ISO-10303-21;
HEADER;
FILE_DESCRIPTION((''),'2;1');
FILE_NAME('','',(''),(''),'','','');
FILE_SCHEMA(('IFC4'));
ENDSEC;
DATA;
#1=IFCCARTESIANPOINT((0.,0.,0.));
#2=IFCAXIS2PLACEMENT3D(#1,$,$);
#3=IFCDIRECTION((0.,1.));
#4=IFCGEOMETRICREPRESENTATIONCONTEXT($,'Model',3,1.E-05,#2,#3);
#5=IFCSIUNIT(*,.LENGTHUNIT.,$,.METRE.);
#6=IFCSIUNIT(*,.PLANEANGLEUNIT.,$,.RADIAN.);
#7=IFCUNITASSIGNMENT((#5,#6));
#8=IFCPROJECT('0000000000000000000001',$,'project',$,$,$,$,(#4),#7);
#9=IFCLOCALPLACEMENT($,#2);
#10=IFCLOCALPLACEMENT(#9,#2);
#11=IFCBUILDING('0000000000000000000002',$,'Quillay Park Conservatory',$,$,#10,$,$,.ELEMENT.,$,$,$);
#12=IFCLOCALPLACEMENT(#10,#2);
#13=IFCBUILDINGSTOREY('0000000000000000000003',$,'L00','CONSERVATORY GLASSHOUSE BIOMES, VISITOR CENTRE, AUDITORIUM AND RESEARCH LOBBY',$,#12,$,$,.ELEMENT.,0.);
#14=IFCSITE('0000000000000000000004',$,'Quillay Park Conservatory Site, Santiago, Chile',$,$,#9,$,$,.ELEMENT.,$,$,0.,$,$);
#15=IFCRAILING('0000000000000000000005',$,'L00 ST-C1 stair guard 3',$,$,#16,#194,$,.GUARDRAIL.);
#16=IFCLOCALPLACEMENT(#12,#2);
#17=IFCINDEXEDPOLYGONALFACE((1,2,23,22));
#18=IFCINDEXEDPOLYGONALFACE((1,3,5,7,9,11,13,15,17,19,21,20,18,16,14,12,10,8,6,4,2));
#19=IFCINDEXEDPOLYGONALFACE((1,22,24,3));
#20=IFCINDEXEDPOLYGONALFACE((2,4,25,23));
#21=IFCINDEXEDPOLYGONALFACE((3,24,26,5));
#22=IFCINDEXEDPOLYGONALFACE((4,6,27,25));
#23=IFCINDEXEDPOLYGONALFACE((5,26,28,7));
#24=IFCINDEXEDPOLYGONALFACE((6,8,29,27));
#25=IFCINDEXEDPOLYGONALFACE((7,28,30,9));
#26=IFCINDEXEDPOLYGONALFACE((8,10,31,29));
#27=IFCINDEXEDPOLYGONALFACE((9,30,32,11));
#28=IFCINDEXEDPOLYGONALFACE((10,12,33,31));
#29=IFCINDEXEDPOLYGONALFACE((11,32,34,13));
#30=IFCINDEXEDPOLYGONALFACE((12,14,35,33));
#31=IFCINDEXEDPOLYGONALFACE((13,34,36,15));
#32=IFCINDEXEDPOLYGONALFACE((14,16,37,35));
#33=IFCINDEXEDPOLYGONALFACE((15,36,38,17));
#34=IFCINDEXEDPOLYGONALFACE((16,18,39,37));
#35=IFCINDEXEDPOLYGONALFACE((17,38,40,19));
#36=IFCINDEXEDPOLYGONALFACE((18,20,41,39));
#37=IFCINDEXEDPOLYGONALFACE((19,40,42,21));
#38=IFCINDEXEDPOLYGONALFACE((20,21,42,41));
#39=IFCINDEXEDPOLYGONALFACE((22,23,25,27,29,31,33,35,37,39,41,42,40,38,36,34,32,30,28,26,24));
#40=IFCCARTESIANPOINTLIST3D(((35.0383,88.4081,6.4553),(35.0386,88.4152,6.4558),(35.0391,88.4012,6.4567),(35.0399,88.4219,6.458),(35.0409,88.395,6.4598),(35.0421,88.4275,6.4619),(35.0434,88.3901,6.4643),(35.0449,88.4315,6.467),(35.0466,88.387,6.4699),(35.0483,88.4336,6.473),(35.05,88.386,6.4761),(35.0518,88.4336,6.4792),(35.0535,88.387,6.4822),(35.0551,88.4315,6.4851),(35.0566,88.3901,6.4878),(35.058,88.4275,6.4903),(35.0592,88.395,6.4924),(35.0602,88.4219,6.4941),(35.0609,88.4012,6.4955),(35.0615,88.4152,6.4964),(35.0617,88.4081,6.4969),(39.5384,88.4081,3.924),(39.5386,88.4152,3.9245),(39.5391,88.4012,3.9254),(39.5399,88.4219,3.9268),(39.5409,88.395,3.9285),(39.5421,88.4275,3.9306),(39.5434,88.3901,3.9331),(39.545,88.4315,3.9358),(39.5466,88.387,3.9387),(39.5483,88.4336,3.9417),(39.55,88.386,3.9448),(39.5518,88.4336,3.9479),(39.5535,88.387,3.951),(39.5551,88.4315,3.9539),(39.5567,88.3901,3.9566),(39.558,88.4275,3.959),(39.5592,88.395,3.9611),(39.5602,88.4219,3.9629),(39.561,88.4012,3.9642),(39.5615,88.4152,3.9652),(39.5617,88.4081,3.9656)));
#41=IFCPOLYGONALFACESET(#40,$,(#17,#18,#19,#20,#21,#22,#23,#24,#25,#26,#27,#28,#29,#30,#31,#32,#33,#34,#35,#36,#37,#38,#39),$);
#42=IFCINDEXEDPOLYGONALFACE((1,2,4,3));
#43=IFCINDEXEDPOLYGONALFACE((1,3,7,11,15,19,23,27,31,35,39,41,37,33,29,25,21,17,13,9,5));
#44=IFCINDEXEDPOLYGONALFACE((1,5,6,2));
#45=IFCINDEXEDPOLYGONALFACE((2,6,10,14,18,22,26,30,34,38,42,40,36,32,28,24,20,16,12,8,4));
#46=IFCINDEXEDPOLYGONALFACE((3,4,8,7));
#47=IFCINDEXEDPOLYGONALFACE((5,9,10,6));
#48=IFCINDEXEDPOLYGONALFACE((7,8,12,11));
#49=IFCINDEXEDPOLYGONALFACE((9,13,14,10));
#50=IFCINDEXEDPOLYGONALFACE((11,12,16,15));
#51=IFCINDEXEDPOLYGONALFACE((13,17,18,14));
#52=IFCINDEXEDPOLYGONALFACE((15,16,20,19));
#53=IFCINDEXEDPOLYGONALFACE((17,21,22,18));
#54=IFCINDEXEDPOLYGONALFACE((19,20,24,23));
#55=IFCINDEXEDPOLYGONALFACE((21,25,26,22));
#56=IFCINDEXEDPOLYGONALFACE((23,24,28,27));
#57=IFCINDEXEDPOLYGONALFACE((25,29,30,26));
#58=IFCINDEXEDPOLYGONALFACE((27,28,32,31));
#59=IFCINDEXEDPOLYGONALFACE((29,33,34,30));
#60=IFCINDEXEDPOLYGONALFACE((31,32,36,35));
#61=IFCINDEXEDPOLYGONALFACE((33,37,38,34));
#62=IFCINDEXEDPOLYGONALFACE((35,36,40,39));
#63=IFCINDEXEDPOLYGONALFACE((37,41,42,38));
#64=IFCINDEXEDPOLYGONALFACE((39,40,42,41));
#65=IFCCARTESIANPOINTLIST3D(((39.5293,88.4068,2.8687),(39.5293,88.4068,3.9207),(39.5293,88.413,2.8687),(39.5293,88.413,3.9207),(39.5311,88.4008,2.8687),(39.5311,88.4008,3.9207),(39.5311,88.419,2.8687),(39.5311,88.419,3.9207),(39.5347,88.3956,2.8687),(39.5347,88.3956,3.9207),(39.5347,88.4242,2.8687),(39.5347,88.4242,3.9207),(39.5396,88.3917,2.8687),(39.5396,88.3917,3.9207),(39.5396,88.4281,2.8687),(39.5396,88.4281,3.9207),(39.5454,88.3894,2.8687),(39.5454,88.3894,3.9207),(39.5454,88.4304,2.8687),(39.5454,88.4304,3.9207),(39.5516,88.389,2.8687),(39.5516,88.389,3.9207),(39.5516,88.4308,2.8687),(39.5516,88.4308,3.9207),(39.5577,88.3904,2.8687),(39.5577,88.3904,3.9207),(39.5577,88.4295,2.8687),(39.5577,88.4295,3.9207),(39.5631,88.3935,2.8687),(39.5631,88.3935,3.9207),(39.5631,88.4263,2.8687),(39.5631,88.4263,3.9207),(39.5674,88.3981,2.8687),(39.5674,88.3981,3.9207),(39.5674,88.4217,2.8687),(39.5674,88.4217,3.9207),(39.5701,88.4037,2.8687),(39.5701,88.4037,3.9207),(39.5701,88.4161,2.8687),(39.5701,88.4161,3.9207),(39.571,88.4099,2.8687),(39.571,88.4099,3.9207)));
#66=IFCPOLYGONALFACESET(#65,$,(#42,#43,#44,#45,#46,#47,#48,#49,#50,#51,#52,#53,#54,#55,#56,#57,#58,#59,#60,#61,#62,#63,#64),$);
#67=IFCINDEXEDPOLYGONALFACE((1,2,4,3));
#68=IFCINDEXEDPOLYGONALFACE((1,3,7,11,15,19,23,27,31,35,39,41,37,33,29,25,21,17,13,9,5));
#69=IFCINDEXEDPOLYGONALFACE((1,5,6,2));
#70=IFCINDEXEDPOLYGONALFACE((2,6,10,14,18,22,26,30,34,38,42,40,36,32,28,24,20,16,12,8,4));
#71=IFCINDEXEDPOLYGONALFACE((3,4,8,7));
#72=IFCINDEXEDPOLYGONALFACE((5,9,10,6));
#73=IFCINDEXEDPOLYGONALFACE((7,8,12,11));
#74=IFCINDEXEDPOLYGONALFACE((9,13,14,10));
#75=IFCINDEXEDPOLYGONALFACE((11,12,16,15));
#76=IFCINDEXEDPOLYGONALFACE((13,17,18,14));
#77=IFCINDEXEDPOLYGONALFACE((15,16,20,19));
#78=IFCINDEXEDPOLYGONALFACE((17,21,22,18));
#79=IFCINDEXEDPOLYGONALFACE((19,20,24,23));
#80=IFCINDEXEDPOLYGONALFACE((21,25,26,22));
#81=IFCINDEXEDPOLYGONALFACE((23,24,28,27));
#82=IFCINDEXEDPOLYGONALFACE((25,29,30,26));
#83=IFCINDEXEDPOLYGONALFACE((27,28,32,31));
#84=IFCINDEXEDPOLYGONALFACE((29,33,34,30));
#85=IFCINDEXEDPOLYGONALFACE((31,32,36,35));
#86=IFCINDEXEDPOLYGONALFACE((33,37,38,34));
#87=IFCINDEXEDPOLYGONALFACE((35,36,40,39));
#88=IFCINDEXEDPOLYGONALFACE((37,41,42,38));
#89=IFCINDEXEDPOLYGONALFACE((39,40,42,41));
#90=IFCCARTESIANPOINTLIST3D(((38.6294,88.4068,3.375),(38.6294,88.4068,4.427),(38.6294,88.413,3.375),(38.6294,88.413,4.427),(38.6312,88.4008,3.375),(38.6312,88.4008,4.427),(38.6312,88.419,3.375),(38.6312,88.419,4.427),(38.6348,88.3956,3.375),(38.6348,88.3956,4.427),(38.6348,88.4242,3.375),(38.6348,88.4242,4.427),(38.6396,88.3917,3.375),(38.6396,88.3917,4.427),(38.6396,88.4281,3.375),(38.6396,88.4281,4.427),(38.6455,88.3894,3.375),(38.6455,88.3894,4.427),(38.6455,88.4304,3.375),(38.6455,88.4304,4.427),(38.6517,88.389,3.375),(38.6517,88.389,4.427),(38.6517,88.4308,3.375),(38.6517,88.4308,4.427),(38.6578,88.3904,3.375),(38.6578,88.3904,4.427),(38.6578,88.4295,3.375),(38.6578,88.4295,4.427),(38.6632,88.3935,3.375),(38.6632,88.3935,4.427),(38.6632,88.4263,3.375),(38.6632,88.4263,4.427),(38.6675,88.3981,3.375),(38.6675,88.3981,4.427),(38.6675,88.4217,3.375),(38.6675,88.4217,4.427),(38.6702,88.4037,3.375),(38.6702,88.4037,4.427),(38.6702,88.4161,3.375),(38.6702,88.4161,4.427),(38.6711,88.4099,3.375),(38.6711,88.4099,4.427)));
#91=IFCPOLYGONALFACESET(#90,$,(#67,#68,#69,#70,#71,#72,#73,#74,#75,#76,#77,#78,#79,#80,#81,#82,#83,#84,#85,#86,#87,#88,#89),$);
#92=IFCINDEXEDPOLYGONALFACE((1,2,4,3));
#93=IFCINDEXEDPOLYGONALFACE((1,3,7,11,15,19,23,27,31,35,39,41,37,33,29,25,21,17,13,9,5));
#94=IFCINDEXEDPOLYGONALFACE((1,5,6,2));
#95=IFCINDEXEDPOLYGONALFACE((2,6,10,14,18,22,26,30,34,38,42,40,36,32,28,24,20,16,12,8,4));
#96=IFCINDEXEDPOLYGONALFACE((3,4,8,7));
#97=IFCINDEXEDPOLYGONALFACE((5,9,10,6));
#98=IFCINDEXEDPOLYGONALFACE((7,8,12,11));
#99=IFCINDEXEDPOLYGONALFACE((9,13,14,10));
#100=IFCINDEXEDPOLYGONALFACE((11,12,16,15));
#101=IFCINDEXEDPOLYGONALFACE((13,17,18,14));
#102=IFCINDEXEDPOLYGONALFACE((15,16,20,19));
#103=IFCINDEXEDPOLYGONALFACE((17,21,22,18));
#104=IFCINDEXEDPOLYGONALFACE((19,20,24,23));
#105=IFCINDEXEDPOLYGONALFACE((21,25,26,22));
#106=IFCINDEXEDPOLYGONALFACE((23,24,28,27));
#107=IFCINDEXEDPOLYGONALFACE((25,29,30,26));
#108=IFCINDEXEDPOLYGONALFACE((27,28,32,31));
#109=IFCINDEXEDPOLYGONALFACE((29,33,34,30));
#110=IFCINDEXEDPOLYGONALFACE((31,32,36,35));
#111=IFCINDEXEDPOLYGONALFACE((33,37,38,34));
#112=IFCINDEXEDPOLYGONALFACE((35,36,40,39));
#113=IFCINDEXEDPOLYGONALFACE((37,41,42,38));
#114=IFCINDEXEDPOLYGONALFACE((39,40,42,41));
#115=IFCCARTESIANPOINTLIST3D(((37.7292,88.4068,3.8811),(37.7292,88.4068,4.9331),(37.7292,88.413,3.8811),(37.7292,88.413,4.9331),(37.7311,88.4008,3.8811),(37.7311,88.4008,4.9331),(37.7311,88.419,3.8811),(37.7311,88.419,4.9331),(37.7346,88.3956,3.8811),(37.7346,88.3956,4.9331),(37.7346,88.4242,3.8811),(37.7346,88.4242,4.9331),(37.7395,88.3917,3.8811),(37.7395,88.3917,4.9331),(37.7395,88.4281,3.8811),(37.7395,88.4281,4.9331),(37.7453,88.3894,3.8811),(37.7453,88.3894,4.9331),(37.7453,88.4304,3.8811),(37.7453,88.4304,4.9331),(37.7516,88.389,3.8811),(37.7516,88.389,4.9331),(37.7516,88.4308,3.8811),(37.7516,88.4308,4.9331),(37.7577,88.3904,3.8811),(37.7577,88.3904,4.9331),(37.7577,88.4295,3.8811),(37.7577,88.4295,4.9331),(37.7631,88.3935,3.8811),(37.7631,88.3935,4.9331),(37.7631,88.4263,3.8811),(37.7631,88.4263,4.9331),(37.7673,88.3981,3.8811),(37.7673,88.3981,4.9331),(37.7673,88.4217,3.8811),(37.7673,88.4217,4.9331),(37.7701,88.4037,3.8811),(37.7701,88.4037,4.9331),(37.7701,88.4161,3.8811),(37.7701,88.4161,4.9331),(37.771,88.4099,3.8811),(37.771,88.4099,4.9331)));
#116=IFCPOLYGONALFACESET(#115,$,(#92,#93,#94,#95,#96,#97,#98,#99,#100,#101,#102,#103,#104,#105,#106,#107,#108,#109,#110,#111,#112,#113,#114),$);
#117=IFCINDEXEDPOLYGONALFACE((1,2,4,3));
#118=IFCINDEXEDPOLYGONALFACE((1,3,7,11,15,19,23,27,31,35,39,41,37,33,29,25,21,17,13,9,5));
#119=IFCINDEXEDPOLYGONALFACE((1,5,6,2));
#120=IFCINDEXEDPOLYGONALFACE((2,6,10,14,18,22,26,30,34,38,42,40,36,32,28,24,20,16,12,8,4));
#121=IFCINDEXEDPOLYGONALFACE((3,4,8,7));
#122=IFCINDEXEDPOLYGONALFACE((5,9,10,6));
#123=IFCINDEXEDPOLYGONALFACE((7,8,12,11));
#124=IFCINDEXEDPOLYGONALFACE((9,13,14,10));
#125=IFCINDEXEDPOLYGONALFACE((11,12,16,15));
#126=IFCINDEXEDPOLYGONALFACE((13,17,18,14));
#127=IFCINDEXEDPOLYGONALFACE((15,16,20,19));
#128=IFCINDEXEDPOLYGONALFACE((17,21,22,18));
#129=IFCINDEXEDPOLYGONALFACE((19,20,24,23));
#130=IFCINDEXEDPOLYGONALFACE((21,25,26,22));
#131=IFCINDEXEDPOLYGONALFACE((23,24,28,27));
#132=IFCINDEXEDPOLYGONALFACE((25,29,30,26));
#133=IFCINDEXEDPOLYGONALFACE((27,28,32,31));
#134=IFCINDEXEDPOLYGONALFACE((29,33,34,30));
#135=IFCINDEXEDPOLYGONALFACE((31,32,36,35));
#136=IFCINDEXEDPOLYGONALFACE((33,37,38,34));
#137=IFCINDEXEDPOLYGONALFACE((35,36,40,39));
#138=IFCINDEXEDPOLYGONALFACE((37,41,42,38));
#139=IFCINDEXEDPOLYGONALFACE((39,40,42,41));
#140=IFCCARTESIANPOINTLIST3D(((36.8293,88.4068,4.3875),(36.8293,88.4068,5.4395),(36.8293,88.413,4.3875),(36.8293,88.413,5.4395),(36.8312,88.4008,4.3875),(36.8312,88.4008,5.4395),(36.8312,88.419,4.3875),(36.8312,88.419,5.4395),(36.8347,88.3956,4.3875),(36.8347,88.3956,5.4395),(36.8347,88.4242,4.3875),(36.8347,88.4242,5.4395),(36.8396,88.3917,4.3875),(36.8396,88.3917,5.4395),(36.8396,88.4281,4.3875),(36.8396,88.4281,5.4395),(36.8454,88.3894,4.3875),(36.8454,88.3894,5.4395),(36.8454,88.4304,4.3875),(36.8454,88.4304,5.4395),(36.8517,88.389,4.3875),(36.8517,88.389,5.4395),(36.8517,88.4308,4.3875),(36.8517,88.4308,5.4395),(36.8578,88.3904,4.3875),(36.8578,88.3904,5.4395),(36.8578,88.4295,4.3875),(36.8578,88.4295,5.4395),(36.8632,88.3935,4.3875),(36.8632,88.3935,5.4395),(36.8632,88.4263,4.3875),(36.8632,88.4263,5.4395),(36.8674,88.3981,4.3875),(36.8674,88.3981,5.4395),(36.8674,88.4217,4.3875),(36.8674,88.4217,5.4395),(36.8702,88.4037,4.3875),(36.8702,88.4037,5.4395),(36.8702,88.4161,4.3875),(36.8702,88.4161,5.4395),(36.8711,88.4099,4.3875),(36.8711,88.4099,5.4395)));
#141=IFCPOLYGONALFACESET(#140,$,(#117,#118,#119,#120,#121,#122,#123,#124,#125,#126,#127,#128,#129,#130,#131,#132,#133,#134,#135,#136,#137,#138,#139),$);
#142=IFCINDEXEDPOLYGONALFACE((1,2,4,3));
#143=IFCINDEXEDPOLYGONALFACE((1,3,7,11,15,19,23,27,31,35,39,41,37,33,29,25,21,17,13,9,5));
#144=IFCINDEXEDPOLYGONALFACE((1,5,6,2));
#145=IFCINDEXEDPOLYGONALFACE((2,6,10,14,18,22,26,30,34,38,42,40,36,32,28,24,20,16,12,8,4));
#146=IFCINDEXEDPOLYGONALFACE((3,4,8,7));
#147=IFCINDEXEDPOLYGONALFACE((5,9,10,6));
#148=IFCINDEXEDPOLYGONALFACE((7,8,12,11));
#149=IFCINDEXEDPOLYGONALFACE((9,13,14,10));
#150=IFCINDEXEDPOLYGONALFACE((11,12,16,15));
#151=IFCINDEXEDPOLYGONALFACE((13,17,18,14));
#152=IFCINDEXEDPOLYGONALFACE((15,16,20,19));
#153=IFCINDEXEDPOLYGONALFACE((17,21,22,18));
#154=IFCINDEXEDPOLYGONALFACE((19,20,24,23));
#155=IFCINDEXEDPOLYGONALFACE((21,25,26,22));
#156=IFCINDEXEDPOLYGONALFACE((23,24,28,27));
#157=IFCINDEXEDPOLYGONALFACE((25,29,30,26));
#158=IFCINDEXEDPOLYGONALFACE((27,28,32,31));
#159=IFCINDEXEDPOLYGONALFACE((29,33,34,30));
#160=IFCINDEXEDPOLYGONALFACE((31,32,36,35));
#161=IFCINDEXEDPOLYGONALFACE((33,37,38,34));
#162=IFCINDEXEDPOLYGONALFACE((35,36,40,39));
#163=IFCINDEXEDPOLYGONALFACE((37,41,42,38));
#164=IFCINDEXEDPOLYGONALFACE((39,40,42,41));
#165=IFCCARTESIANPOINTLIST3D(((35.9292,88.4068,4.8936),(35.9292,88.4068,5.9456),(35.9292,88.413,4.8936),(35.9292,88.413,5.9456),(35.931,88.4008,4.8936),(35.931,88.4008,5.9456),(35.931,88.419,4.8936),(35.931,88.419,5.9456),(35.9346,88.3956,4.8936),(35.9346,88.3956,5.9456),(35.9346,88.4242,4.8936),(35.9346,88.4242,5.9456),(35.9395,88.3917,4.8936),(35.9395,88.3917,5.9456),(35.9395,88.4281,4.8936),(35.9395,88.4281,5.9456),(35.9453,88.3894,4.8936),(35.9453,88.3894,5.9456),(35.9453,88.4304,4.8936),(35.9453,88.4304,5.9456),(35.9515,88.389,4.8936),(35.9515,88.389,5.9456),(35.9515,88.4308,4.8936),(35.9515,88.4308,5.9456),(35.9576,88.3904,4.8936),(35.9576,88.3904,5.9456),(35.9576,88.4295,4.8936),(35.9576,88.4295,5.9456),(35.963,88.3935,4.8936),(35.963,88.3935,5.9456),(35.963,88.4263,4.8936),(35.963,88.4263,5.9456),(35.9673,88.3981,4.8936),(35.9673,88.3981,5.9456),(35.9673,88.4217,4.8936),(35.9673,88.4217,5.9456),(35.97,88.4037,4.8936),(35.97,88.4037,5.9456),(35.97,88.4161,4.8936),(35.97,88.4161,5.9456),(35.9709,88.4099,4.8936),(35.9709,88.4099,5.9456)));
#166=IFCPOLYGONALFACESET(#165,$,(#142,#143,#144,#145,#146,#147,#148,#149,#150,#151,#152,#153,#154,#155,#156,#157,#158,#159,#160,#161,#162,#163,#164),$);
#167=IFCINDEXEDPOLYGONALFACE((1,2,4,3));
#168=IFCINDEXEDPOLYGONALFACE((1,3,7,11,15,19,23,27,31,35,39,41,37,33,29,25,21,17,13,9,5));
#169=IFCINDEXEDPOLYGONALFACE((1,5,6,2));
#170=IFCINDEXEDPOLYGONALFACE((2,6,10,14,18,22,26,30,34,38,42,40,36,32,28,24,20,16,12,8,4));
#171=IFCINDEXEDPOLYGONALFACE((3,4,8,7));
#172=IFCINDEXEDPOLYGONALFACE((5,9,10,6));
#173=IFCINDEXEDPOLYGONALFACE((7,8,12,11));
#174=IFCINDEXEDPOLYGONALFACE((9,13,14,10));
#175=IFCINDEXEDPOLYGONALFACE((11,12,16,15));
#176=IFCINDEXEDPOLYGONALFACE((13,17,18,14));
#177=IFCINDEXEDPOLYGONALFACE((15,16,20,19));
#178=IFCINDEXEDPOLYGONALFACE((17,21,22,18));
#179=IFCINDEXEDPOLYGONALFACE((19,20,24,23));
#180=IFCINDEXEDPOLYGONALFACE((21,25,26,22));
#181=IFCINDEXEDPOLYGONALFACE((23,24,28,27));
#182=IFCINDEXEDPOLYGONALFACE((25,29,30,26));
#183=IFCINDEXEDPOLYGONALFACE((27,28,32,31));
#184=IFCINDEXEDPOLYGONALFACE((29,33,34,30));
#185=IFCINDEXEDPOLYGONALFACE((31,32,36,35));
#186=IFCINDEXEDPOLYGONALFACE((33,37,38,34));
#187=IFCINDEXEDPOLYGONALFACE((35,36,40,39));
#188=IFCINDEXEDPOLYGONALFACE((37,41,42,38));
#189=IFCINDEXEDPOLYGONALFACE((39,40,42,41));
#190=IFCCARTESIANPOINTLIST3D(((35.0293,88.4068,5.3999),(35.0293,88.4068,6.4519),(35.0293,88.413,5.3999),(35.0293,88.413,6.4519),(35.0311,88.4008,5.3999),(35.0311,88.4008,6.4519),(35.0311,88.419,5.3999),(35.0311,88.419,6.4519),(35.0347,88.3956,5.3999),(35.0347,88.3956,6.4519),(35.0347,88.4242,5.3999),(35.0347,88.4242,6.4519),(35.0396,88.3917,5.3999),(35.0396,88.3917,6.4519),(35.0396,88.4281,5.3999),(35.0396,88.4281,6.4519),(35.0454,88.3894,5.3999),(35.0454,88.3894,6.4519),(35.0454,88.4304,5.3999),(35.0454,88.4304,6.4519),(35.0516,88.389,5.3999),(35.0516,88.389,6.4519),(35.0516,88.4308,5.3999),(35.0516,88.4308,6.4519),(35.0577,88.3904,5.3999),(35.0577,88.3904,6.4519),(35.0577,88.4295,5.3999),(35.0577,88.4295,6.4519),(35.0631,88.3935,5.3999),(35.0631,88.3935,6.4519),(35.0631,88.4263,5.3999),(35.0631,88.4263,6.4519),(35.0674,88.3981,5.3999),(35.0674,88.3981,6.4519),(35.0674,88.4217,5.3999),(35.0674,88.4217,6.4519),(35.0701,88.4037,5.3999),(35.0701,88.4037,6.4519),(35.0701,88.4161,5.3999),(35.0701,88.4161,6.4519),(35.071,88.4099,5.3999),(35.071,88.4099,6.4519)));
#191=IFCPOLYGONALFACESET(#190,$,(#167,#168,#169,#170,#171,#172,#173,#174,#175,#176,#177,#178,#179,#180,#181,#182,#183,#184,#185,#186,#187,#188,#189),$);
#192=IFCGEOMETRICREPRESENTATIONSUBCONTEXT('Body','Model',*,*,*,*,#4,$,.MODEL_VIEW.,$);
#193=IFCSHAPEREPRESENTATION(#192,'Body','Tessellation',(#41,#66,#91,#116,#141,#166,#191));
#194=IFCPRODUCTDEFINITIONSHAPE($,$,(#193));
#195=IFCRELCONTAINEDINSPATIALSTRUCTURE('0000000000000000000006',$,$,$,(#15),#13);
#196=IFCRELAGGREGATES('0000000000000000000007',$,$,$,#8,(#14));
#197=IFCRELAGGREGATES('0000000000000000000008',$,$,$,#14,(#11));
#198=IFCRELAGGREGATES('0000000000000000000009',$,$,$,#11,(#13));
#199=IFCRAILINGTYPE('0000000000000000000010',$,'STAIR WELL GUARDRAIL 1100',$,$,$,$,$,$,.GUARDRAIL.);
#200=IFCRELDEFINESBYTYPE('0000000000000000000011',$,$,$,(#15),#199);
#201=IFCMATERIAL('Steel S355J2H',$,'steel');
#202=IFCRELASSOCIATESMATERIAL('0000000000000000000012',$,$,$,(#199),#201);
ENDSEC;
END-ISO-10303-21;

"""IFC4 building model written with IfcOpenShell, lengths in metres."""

from ifc_helpers import new_model, si_unit, direction, frame, origin, origin_2d, place, context, subcontext, project, spatial, circle, extrude, material, type_object, element, save


model = new_model("IFC4")

# Units and contexts
model_context = context("Model", 3, precision=1e-05, world=origin(), true_north=direction((0.0, 1.0)))
body_context = subcontext(model_context, "Body", "Model", "MODEL_VIEW")
ifc_project = project(units=[si_unit("LENGTHUNIT", "METRE"), si_unit("PLANEANGLEUNIT", "RADIAN")], contexts=[model_context])

# Site, building, storey
site_placement = place(None, origin())
site = spatial("IfcSite", under=ifc_project, at=site_placement, Name="Quillay Park Conservatory Site, Santiago, Chile", CompositionType="ELEMENT", RefElevation=0.0)
building_placement = place(site_placement, origin())
building = spatial("IfcBuilding", under=site, at=building_placement, Name="Quillay Park Conservatory", CompositionType="ELEMENT")
storey_placement = place(building_placement, origin())
storey = spatial("IfcBuildingStorey", under=building, at=storey_placement, Name="L00", Description="CONSERVATORY GLASSHOUSE BIOMES, VISITOR CENTRE, AUDITORIUM AND RESEARCH LOBBY", CompositionType="ELEMENT", Elevation=0.0)

# Railing
ifc_material_1 = material(Name="Steel S355J2H", Category="steel")
railing_type_1 = type_object("IfcRailingType", Name="STAIR WELL GUARDRAIL 1100", PredefinedType="GUARDRAIL", material=ifc_material_1)
railing_1_placement = place(storey_placement, frame((39.55, 88.4099, 2.8687)))
element("IfcRailing", 1, at=railing_1_placement, inside=storey, type_object=railing_type_1, Name="L00 ST-C1 stair guard 3", PredefinedType="GUARDRAIL", context=body_context, shape_type="SweptSolid", body=[
    extrude(circle(Radius=0.0239, at=origin_2d()), frame((0.0, 0.0, 1.0762), z_axis=(-0.871576, 0.0, 0.490261), x_axis=(0.0, -1.0, 0.0)), (0.0, 0.0, 1.0), 5.1631),
    extrude(circle(Radius=0.021, at=origin_2d()), origin(), (0.0, 0.0, 1.0), 1.052),
    extrude(circle(Radius=0.021, at=origin_2d()), frame((-0.8999, 0.0, 0.5063)), (0.0, 0.0, 1.0), 1.052),
    extrude(circle(Radius=0.021, at=origin_2d()), frame((-1.8, 0.0, 1.0125)), (0.0, 0.0, 1.0), 1.052),
    extrude(circle(Radius=0.021, at=origin_2d()), frame((-2.7, 0.0, 1.5188)), (0.0, 0.0, 1.0), 1.052),
    extrude(circle(Radius=0.021, at=origin_2d()), frame((-3.6001, 0.0, 2.0249)), (0.0, 0.0, 1.0), 1.052),
    extrude(circle(Radius=0.021, at=origin_2d()), frame((-4.5, 0.0, 2.5312)), (0.0, 0.0, 1.0), 1.052),
])

save(model, "model.ifc")
